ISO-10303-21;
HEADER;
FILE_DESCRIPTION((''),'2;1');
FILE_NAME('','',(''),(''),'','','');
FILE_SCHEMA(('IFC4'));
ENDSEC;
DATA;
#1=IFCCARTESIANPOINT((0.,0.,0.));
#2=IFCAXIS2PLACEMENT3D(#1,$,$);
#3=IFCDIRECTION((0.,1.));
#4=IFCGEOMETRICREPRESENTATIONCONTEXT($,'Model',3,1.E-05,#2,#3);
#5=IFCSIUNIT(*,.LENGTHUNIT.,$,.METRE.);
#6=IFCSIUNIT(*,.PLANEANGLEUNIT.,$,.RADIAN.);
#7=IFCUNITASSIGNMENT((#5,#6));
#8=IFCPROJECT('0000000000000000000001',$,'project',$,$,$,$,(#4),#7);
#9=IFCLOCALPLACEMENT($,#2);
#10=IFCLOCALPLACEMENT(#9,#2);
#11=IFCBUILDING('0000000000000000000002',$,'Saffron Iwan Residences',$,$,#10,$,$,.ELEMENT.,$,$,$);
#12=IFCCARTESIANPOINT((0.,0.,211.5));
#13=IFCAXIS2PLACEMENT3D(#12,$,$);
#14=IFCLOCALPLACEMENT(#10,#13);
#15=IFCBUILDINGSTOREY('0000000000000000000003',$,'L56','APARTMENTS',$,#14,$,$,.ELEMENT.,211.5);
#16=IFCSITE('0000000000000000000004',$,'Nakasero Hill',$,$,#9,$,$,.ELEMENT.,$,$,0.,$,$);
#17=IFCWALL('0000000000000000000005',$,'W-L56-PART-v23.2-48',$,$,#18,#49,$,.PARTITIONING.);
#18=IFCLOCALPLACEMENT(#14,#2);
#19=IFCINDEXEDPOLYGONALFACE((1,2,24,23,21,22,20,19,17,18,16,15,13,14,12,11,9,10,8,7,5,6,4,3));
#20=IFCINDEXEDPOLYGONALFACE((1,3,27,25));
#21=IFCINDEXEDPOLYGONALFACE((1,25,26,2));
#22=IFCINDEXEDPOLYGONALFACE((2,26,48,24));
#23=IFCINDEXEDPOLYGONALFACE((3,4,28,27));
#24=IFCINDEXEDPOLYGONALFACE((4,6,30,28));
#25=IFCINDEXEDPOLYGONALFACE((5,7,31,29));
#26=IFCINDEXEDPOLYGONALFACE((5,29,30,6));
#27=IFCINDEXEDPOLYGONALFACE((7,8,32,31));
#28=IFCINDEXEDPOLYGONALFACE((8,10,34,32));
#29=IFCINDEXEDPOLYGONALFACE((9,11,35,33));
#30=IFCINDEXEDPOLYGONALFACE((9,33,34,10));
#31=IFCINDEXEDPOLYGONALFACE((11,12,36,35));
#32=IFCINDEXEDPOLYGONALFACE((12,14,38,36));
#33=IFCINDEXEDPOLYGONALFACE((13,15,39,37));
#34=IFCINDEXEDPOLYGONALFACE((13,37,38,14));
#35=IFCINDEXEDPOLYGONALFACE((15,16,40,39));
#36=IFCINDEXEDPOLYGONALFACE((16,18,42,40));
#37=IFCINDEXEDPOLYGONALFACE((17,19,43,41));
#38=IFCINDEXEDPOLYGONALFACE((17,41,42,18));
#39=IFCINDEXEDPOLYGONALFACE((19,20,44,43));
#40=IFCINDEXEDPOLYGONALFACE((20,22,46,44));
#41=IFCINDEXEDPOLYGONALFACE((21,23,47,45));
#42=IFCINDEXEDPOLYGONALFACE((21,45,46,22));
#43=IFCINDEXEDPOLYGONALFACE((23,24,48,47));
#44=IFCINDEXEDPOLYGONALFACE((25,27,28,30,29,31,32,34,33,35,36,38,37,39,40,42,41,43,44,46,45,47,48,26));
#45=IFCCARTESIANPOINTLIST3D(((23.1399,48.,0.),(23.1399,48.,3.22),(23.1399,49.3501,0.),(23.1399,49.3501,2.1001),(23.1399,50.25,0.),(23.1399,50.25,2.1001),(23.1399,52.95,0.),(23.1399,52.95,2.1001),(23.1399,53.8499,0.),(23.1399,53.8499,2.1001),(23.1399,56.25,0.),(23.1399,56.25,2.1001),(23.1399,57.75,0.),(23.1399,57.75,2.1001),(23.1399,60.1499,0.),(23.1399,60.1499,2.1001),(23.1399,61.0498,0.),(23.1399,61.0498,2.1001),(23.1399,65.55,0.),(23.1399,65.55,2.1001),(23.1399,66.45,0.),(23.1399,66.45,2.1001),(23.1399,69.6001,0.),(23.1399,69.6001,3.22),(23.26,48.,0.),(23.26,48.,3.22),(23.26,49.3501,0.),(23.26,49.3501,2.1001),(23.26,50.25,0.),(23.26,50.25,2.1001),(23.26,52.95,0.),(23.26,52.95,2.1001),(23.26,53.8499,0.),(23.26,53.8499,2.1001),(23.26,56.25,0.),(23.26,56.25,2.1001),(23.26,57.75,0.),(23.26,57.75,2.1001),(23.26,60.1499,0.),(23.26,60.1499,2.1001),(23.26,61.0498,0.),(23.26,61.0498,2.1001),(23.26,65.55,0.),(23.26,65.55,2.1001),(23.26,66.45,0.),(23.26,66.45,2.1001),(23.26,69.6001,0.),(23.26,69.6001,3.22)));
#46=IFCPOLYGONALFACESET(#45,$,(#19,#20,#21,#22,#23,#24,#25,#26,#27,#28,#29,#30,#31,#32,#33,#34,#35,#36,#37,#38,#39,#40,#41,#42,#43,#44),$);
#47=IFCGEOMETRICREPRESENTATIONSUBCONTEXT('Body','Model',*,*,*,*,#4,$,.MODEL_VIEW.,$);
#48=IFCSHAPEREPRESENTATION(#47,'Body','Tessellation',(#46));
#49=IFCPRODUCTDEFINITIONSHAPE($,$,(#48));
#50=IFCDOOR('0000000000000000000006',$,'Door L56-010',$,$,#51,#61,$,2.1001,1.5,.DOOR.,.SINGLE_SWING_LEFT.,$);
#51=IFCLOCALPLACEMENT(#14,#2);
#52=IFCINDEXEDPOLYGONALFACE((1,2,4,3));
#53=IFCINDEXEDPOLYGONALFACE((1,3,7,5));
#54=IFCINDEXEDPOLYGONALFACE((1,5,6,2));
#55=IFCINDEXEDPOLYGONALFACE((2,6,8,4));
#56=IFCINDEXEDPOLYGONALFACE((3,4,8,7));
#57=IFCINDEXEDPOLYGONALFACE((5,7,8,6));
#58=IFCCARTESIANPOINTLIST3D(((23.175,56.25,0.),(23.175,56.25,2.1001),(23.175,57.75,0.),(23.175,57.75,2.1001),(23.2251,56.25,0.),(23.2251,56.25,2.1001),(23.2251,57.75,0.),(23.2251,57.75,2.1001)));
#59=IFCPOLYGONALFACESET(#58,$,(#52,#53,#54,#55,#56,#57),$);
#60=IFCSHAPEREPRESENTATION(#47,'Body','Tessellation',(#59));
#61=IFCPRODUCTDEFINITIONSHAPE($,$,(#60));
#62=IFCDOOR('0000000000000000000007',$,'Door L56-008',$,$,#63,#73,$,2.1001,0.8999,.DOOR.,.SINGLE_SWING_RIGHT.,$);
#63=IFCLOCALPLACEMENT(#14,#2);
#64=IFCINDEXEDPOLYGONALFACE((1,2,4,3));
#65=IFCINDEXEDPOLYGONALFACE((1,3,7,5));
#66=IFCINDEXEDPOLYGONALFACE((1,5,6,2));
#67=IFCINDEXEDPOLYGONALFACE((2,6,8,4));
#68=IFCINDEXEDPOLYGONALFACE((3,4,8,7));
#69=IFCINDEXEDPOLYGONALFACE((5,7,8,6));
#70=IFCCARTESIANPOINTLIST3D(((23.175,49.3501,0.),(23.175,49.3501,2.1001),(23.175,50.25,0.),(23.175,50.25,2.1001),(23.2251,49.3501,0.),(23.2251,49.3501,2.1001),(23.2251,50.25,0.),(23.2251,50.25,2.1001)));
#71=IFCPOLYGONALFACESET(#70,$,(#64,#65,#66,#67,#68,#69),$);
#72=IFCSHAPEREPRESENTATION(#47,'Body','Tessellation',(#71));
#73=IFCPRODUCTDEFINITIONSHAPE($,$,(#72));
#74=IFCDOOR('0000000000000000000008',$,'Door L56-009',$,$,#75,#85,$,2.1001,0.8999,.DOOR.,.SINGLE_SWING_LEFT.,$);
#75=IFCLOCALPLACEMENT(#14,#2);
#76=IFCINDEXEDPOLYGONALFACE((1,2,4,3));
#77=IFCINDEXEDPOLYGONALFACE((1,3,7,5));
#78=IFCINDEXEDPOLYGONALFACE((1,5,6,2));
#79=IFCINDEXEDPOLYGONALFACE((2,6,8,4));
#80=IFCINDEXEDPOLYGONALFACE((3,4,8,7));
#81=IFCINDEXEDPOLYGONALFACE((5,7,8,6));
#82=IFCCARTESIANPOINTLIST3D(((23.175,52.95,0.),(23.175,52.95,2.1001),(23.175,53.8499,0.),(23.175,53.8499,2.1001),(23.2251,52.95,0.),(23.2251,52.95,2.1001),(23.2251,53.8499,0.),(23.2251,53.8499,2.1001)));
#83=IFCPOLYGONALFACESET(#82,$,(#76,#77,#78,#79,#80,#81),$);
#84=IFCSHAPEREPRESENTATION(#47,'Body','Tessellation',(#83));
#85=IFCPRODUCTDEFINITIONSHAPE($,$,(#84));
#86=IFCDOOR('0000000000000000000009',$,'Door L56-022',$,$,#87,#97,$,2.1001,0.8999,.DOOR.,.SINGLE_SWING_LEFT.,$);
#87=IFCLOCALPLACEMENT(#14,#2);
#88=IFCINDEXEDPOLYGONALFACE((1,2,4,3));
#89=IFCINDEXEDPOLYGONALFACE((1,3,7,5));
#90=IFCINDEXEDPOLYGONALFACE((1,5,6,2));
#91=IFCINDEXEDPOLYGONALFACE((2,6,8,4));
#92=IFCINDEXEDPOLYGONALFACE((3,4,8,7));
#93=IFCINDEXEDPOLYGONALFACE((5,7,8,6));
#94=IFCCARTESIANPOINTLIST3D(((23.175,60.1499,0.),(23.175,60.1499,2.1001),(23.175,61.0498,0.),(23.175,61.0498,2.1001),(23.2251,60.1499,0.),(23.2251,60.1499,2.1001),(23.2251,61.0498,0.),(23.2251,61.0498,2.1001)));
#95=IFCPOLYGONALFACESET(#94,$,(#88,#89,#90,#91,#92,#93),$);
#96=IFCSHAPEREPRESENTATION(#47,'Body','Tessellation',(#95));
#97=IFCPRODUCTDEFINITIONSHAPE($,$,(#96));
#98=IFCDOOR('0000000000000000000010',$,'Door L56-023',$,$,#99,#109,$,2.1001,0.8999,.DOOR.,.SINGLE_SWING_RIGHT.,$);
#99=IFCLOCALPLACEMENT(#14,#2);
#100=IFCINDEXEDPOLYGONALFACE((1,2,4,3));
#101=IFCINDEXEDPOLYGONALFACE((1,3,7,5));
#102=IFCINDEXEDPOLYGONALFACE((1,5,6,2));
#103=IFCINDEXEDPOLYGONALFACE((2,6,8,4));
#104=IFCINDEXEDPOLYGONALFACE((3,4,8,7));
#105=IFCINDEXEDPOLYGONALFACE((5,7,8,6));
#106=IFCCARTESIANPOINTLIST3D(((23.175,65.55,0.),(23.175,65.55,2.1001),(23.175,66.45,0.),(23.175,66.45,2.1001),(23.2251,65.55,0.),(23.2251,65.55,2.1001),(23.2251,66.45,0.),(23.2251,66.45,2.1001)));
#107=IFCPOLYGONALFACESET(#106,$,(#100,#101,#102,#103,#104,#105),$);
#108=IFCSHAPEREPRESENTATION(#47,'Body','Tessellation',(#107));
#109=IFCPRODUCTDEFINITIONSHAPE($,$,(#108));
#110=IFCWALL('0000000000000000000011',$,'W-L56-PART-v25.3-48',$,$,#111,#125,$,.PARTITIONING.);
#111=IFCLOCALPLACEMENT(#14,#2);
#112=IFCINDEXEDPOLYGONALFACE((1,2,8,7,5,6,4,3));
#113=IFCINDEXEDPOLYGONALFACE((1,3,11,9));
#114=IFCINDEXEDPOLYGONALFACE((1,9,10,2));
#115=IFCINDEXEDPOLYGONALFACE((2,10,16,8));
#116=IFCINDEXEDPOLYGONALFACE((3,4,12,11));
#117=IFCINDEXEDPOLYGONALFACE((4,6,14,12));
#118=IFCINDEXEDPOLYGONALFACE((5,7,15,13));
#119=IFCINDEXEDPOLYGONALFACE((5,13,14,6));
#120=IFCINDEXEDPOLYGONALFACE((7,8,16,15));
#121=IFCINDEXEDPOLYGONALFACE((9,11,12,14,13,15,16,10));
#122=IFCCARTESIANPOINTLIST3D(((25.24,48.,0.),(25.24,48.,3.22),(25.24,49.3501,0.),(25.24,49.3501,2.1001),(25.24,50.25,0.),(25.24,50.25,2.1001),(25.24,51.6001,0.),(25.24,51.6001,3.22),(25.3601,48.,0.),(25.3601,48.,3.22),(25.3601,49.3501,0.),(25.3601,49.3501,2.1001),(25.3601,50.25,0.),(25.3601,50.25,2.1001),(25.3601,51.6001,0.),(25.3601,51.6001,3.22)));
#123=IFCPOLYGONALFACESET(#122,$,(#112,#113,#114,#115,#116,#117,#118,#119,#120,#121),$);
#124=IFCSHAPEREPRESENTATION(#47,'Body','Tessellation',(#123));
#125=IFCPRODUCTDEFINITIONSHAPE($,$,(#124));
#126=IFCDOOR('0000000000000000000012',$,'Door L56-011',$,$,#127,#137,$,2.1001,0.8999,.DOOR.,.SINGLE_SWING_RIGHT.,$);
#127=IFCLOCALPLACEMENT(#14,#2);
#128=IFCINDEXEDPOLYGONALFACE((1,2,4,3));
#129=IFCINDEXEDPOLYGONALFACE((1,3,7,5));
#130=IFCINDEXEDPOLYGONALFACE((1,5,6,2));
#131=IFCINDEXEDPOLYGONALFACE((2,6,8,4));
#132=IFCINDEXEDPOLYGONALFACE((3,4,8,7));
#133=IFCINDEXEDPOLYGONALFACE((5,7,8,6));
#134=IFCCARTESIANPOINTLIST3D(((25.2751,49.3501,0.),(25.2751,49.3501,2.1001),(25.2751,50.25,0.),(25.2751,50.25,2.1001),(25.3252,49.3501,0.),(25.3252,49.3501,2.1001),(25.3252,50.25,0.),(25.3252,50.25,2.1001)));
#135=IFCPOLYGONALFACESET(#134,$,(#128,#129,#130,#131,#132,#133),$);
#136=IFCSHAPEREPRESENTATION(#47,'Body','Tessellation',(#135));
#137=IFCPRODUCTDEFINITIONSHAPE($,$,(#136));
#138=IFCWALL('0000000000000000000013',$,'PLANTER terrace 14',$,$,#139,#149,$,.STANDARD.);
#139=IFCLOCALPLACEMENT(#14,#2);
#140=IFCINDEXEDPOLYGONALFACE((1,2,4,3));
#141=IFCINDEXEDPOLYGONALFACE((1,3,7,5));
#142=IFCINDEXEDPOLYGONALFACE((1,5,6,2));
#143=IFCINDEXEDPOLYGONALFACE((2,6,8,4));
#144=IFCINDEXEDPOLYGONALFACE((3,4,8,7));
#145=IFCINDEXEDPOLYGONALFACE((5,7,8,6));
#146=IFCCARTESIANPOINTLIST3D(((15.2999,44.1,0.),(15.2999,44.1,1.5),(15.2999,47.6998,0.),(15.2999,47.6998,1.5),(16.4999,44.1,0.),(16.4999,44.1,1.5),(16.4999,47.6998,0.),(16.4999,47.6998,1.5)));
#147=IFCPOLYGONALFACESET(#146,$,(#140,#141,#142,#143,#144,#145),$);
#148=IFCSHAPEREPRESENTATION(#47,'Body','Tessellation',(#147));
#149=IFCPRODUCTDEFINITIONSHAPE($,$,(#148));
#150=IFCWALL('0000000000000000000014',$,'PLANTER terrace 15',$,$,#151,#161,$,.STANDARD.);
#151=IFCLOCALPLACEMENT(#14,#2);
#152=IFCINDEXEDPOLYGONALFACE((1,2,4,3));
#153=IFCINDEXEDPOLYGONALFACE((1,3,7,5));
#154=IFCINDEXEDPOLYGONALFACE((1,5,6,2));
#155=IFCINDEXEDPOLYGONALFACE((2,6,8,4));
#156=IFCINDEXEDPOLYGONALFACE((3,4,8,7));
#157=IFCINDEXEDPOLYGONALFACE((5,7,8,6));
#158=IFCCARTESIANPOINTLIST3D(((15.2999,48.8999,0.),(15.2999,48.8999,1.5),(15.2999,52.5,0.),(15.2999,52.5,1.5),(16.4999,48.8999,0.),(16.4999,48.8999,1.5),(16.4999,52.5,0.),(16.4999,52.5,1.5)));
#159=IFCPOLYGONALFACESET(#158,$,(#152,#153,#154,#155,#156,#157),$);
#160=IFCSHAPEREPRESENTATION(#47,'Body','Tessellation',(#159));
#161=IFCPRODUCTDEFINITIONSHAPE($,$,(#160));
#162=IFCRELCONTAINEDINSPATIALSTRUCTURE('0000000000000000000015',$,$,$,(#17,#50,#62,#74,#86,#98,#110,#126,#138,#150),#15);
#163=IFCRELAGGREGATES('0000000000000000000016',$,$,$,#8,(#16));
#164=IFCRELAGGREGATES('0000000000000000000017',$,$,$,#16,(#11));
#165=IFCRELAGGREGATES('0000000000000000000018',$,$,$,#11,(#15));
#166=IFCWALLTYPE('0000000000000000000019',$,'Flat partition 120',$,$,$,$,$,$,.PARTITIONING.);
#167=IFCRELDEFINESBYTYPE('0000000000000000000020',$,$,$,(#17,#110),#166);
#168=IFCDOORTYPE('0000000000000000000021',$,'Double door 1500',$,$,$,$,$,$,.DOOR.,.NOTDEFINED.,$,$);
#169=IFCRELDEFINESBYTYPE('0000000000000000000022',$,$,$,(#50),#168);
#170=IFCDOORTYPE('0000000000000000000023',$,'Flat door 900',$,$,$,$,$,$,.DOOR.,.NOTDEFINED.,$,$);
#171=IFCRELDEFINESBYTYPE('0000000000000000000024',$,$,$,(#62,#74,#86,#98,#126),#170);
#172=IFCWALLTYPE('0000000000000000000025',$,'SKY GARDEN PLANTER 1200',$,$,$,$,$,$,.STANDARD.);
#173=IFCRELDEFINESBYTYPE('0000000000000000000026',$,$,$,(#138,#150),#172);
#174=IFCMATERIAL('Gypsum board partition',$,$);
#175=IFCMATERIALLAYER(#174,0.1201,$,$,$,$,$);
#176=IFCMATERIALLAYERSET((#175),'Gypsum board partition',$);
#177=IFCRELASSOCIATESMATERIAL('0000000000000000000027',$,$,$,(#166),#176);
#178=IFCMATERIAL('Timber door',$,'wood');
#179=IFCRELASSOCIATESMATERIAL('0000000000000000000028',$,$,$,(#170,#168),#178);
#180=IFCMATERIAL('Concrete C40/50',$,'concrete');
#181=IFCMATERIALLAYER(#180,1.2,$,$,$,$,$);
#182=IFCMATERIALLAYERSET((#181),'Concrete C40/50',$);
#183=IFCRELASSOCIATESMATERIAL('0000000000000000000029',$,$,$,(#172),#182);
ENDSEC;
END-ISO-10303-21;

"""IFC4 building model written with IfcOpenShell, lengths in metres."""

from ifc_helpers import new_model, si_unit, direction, frame, frame_2d, origin, place, context, subcontext, project, spatial, rectangle, extrude, material, layer, layer_set, type_object, element, fill, save


model = new_model("IFC4")

# Units and contexts
model_context = context("Model", 3, precision=1e-05, world=origin(), true_north=direction((0.0, 1.0)))
body_context = subcontext(model_context, "Body", "Model", "MODEL_VIEW")
ifc_project = project(units=[si_unit("LENGTHUNIT", "METRE"), si_unit("PLANEANGLEUNIT", "RADIAN")], contexts=[model_context])

# Site, building, storey
site_placement = place(None, origin())
site = spatial("IfcSite", under=ifc_project, at=site_placement, Name="Nakasero Hill", CompositionType="ELEMENT", RefElevation=0.0)
building_placement = place(site_placement, origin())
building = spatial("IfcBuilding", under=site, at=building_placement, Name="Saffron Iwan Residences", CompositionType="ELEMENT")
storey_placement = place(building_placement, frame((0.0, 0.0, 211.5)))
storey = spatial("IfcBuildingStorey", under=building, at=storey_placement, Name="L56", Description="APARTMENTS", CompositionType="ELEMENT", Elevation=211.5)

# Shared definitions
ifc_material_1 = material(Name="Concrete C40/50", Category="concrete")

# Shared definitions
ifc_material_2 = material(Name="Gypsum board partition")
ifc_layer_1 = layer(ifc_material_2, 0.1201)
ifc_layer_set_1 = layer_set([ifc_layer_1], Name="Gypsum board partition")
wall_type_1 = type_object("IfcWallType", Name="Flat partition 120", PredefinedType="PARTITIONING", material=ifc_layer_set_1)
ifc_material_3 = material(Name="Timber door", Category="wood")
door_type_1 = type_object("IfcDoorType", Name="Flat door 900", OperationType="NOTDEFINED", PredefinedType="DOOR", material=ifc_material_3)

# Wall, openings, doors
wall_1_placement = place(storey_placement, frame((23.2, 48.0, 0.0), z_axis=(0.0, 0.0, 1.0), x_axis=(0.0, 1.0, 0.0)))
wall_1 = element("IfcWall", 1, at=wall_1_placement, inside=storey, type_object=wall_type_1, Name="W-L56-PART-v23.2-48", PredefinedType="PARTITIONING", context=body_context, shape_type="SweptSolid", body=[
    extrude(rectangle(XDim=21.6001, YDim=0.1201, at=frame_2d((10.8, 0.0))), origin(), (0.0, 0.0, 1.0), 3.22),
])
opening_1_placement = place(wall_1_placement, frame((1.3501, 0.0, 0.0)))
opening_1 = element("IfcOpeningElement", 2, at=opening_1_placement, cuts=wall_1, PredefinedType="OPENING", context=body_context, shape_type="SweptSolid", body=[
    extrude(rectangle(XDim=0.8999, YDim=2.1001, at=frame_2d((0.45, 1.05))), frame((0.0, 0.0701, 0.0), z_axis=(0.0, -1.0, 0.0), x_axis=(1.0, 0.0, 0.0)), (0.0, 0.0, 1.0), 0.1401),
])
opening_2_placement = place(wall_1_placement, frame((4.95, 0.0, 0.0)))
opening_2 = element("IfcOpeningElement", 3, at=opening_2_placement, cuts=wall_1, PredefinedType="OPENING", context=body_context, shape_type="SweptSolid", body=[
    extrude(rectangle(XDim=0.8999, YDim=2.1001, at=frame_2d((0.45, 1.05))), frame((0.0, 0.0701, 0.0), z_axis=(0.0, -1.0, 0.0), x_axis=(1.0, 0.0, 0.0)), (0.0, 0.0, 1.0), 0.1401),
])
opening_3_placement = place(wall_1_placement, frame((8.25, 0.0, 0.0)))
opening_3 = element("IfcOpeningElement", 4, at=opening_3_placement, cuts=wall_1, PredefinedType="OPENING", context=body_context, shape_type="SweptSolid", body=[
    extrude(rectangle(XDim=1.5, YDim=2.1001, at=frame_2d((0.75, 1.05))), frame((0.0, 0.0701, 0.0), z_axis=(0.0, -1.0, 0.0), x_axis=(1.0, 0.0, 0.0)), (0.0, 0.0, 1.0), 0.1401),
])
opening_4_placement = place(wall_1_placement, frame((12.1499, 0.0, 0.0)))
opening_4 = element("IfcOpeningElement", 5, at=opening_4_placement, cuts=wall_1, PredefinedType="OPENING", context=body_context, shape_type="SweptSolid", body=[
    extrude(rectangle(XDim=0.8999, YDim=2.1001, at=frame_2d((0.45, 1.05))), frame((0.0, 0.0701, 0.0), z_axis=(0.0, -1.0, 0.0), x_axis=(1.0, 0.0, 0.0)), (0.0, 0.0, 1.0), 0.1401),
])
opening_5_placement = place(wall_1_placement, frame((17.55, 0.0, 0.0)))
opening_5 = element("IfcOpeningElement", 6, at=opening_5_placement, cuts=wall_1, PredefinedType="OPENING", context=body_context, shape_type="SweptSolid", body=[
    extrude(rectangle(XDim=0.8999, YDim=2.1001, at=frame_2d((0.45, 1.05))), frame((0.0, 0.0701, 0.0), z_axis=(0.0, -1.0, 0.0), x_axis=(1.0, 0.0, 0.0)), (0.0, 0.0, 1.0), 0.1401),
])
door_type_2 = type_object("IfcDoorType", Name="Double door 1500", OperationType="NOTDEFINED", PredefinedType="DOOR", material=ifc_material_3)
door_1_placement = place(opening_3_placement, origin())
door_1 = element("IfcDoor", 7, at=door_1_placement, inside=storey, type_object=door_type_2, Name="Door L56-010", OperationType="SINGLE_SWING_LEFT", OverallHeight=2.1001, OverallWidth=1.5, PredefinedType="DOOR", context=body_context, shape_type="SweptSolid", body=[
    extrude(rectangle(XDim=1.5, YDim=2.1001, at=frame_2d((0.75, 1.05))), frame((0.0, 0.0249, 0.0), z_axis=(0.0, -1.0, 0.0), x_axis=(1.0, 0.0, 0.0)), (0.0, 0.0, 1.0), 0.05),
])
fill(opening_3, door_1)
door_2_placement = place(opening_1_placement, origin())
door_2 = element("IfcDoor", 8, at=door_2_placement, inside=storey, type_object=door_type_1, Name="Door L56-008", OperationType="SINGLE_SWING_RIGHT", OverallHeight=2.1001, OverallWidth=0.8999, PredefinedType="DOOR", context=body_context, shape_type="SweptSolid", body=[
    extrude(rectangle(XDim=0.8999, YDim=2.1001, at=frame_2d((0.45, 1.05))), frame((0.0, 0.0249, 0.0), z_axis=(0.0, -1.0, 0.0), x_axis=(1.0, 0.0, 0.0)), (0.0, 0.0, 1.0), 0.05),
])
fill(opening_1, door_2)
door_3_placement = place(opening_2_placement, origin())
door_3 = element("IfcDoor", 9, at=door_3_placement, inside=storey, type_object=door_type_1, Name="Door L56-009", OperationType="SINGLE_SWING_LEFT", OverallHeight=2.1001, OverallWidth=0.8999, PredefinedType="DOOR", context=body_context, shape_type="SweptSolid", body=[
    extrude(rectangle(XDim=0.8999, YDim=2.1001, at=frame_2d((0.45, 1.05))), frame((0.0, 0.0249, 0.0), z_axis=(0.0, -1.0, 0.0), x_axis=(1.0, 0.0, 0.0)), (0.0, 0.0, 1.0), 0.05),
])
fill(opening_2, door_3)
door_4_placement = place(opening_4_placement, origin())
door_4 = element("IfcDoor", 10, at=door_4_placement, inside=storey, type_object=door_type_1, Name="Door L56-022", OperationType="SINGLE_SWING_LEFT", OverallHeight=2.1001, OverallWidth=0.8999, PredefinedType="DOOR", context=body_context, shape_type="SweptSolid", body=[
    extrude(rectangle(XDim=0.8999, YDim=2.1001, at=frame_2d((0.45, 1.05))), frame((0.0, 0.0249, 0.0), z_axis=(0.0, -1.0, 0.0), x_axis=(1.0, 0.0, 0.0)), (0.0, 0.0, 1.0), 0.05),
])
fill(opening_4, door_4)
door_5_placement = place(opening_5_placement, origin())
door_5 = element("IfcDoor", 11, at=door_5_placement, inside=storey, type_object=door_type_1, Name="Door L56-023", OperationType="SINGLE_SWING_RIGHT", OverallHeight=2.1001, OverallWidth=0.8999, PredefinedType="DOOR", context=body_context, shape_type="SweptSolid", body=[
    extrude(rectangle(XDim=0.8999, YDim=2.1001, at=frame_2d((0.45, 1.05))), frame((0.0, 0.0249, 0.0), z_axis=(0.0, -1.0, 0.0), x_axis=(1.0, 0.0, 0.0)), (0.0, 0.0, 1.0), 0.05),
])
fill(opening_5, door_5)

# Wall, opening, door
wall_2_placement = place(storey_placement, frame((25.3, 48.0, 0.0), z_axis=(0.0, 0.0, 1.0), x_axis=(0.0, 1.0, 0.0)))
wall_2 = element("IfcWall", 12, at=wall_2_placement, inside=storey, type_object=wall_type_1, Name="W-L56-PART-v25.3-48", PredefinedType="PARTITIONING", context=body_context, shape_type="SweptSolid", body=[
    extrude(rectangle(XDim=3.6001, YDim=0.1201, at=frame_2d((1.8, 0.0))), origin(), (0.0, 0.0, 1.0), 3.22),
])
opening_6_placement = place(wall_2_placement, frame((1.3501, 0.0, 0.0)))
opening_6 = element("IfcOpeningElement", 13, at=opening_6_placement, cuts=wall_2, PredefinedType="OPENING", context=body_context, shape_type="SweptSolid", body=[
    extrude(rectangle(XDim=0.8999, YDim=2.1001, at=frame_2d((0.45, 1.05))), frame((0.0, 0.0701, 0.0), z_axis=(0.0, -1.0, 0.0), x_axis=(1.0, 0.0, 0.0)), (0.0, 0.0, 1.0), 0.1401),
])
door_6_placement = place(opening_6_placement, origin())
door_6 = element("IfcDoor", 14, at=door_6_placement, inside=storey, type_object=door_type_1, Name="Door L56-011", OperationType="SINGLE_SWING_RIGHT", OverallHeight=2.1001, OverallWidth=0.8999, PredefinedType="DOOR", context=body_context, shape_type="SweptSolid", body=[
    extrude(rectangle(XDim=0.8999, YDim=2.1001, at=frame_2d((0.45, 1.05))), frame((0.0, 0.0249, 0.0), z_axis=(0.0, -1.0, 0.0), x_axis=(1.0, 0.0, 0.0)), (0.0, 0.0, 1.0), 0.05),
])
fill(opening_6, door_6)

# Walls
ifc_layer_2 = layer(ifc_material_1, 1.2)
ifc_layer_set_2 = layer_set([ifc_layer_2], Name="Concrete C40/50")
wall_type_2 = type_object("IfcWallType", Name="SKY GARDEN PLANTER 1200", PredefinedType="STANDARD", material=ifc_layer_set_2)
wall_3_placement = place(storey_placement, frame((15.8999, 44.1001, 0.0), z_axis=(0.0, 0.0, 1.0), x_axis=(0.0, 1.0, 0.0)))
element("IfcWall", 15, at=wall_3_placement, inside=storey, type_object=wall_type_2, Name="PLANTER terrace 14", PredefinedType="STANDARD", context=body_context, shape_type="SweptSolid", body=[
    extrude(rectangle(XDim=3.5999, YDim=1.2, at=frame_2d((1.7998, 0.0))), origin(), (0.0, 0.0, 1.0), 1.5),
])
for number, where, z_axis, x_axis, name in (
    (16, (15.8999, 48.8999, 0.0), (0.0, 0.0, 1.0), (0.0, 1.0, 0.0), "PLANTER terrace 15"),
):
    element("IfcWall", number, at=place(storey_placement, frame(where, z_axis=z_axis, x_axis=x_axis)), inside=storey, type_object=wall_type_2, Name=name, PredefinedType="STANDARD", context=body_context, shape_type="SweptSolid", body=[
        extrude(rectangle(XDim=3.6001, YDim=1.2, at=frame_2d((1.8, 0.0))), origin(), (0.0, 0.0, 1.0), 1.5),
    ])

save(model, "model.ifc")
